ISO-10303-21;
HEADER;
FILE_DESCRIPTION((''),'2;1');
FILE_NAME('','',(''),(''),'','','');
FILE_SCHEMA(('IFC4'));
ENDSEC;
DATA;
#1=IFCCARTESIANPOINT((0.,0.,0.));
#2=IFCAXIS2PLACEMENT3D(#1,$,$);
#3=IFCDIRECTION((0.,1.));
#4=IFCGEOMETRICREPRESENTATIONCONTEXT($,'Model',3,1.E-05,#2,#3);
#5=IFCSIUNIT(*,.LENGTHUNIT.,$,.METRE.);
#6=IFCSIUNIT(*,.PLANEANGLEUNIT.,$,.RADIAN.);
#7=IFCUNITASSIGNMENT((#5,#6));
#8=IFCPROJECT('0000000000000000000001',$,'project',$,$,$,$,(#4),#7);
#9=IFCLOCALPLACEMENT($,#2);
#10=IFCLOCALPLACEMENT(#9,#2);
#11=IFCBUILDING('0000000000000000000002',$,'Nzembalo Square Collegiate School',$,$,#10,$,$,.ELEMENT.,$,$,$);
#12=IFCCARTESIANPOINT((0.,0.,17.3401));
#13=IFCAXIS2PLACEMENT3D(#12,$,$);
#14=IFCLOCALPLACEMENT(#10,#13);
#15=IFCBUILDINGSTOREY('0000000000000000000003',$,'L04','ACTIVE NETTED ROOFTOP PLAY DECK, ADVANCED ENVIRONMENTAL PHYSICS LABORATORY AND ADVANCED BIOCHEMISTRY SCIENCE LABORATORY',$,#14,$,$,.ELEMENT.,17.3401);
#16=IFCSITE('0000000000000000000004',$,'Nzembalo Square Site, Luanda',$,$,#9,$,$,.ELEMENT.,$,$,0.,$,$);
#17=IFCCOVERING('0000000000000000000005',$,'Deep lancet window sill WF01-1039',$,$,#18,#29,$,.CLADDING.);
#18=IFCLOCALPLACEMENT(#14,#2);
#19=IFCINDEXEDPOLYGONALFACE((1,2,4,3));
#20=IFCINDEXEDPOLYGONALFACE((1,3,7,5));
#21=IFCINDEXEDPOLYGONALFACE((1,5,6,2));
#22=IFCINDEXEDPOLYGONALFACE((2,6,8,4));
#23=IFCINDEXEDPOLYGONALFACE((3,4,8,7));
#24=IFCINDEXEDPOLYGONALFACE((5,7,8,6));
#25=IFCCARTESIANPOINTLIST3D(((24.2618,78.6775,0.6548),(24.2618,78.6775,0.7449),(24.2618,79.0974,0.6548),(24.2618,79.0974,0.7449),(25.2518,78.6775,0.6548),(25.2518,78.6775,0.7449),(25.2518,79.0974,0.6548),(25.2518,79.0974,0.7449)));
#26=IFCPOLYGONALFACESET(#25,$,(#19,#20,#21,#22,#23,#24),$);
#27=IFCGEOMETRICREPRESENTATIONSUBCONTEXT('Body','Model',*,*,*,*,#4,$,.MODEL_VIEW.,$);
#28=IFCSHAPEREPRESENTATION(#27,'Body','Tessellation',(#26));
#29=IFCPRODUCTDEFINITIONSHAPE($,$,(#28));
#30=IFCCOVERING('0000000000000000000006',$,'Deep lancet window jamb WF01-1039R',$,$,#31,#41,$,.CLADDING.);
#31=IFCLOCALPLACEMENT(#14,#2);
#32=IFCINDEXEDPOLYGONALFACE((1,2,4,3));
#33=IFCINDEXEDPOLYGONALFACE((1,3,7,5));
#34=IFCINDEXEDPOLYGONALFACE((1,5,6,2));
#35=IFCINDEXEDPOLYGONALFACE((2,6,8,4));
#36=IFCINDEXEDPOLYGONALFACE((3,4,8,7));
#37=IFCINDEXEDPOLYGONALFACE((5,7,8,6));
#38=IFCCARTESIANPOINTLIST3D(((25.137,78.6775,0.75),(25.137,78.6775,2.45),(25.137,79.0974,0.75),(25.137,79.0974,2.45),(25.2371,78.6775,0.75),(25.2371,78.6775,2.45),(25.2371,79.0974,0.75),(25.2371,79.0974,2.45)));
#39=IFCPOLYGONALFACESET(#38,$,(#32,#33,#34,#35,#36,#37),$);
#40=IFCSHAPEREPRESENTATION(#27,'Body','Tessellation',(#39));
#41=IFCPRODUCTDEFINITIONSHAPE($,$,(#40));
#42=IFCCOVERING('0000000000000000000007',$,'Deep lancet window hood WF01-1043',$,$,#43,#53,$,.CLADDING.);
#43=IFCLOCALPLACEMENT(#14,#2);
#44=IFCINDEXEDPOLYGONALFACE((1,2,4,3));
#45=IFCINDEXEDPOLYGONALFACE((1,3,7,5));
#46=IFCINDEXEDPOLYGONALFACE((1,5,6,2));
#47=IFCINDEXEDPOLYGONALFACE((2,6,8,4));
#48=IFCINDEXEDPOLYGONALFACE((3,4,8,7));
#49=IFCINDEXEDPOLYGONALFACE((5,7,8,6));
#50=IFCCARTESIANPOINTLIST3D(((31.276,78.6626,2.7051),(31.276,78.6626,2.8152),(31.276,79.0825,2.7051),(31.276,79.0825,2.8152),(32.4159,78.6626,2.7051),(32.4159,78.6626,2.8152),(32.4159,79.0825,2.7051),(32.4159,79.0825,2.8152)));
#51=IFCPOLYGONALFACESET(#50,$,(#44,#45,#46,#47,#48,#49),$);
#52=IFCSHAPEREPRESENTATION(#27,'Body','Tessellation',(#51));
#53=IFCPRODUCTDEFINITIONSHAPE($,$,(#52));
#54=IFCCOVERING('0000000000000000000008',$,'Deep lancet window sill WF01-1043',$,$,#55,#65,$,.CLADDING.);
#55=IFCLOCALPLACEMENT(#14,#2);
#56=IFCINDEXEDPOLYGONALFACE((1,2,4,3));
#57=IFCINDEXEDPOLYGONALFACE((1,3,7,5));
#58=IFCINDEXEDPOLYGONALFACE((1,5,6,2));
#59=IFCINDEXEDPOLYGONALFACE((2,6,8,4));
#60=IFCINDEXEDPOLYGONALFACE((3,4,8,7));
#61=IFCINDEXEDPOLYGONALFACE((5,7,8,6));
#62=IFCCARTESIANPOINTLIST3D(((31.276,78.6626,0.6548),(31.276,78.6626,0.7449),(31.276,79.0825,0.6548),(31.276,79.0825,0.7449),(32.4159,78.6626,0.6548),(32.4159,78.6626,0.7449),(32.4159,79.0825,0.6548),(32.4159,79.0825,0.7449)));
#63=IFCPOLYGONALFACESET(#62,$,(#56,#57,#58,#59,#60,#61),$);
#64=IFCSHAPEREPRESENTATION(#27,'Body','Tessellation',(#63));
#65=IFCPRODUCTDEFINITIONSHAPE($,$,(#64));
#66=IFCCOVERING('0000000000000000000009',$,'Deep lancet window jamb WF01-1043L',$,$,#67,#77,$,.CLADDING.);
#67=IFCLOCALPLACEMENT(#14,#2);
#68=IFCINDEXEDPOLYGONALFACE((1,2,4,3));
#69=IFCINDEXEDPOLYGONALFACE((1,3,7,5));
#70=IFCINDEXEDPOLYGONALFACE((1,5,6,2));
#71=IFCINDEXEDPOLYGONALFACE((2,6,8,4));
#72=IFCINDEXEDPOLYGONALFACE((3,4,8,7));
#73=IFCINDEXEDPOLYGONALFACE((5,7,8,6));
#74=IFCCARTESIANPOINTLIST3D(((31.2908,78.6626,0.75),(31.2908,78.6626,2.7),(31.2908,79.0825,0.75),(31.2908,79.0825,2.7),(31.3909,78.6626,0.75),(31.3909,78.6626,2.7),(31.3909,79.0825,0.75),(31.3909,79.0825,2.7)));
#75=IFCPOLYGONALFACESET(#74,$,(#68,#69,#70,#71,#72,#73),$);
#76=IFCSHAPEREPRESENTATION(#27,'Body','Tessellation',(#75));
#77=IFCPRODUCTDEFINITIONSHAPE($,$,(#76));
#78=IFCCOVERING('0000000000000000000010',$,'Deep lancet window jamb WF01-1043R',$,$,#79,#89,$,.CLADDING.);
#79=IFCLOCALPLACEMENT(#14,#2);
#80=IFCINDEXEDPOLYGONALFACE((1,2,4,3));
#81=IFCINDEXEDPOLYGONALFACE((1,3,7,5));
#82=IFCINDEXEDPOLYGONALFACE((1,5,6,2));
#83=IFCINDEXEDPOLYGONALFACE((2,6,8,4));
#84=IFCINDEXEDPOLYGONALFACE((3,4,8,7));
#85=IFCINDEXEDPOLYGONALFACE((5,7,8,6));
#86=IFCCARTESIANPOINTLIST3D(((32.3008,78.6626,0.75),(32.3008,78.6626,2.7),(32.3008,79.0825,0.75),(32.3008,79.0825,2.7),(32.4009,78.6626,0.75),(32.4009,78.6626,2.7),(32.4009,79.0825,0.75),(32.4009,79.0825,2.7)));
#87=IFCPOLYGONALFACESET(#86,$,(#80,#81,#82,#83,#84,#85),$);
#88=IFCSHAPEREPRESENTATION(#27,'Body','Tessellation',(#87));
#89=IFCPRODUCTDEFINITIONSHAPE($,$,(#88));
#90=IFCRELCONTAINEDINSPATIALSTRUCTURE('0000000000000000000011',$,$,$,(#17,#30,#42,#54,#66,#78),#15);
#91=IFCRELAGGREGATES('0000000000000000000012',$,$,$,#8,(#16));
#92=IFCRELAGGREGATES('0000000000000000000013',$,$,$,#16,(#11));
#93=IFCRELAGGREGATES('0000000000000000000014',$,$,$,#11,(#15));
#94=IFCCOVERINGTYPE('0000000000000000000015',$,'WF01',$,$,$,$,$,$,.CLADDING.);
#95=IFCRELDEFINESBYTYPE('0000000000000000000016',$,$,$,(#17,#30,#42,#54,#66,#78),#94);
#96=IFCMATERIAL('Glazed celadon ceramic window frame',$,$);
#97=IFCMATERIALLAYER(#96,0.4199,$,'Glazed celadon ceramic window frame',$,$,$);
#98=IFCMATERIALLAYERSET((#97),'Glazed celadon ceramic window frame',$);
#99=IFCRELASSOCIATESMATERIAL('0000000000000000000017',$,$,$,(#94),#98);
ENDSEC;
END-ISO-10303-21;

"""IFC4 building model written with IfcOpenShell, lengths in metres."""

from ifc_helpers import new_model, si_unit, direction, frame, origin, origin_2d, place, context, subcontext, project, spatial, rectangle, extrude, material, layer, layer_set, type_object, element, save


model = new_model("IFC4")

# Units and contexts
model_context = context("Model", 3, precision=1e-05, world=origin(), true_north=direction((0.0, 1.0)))
body_context = subcontext(model_context, "Body", "Model", "MODEL_VIEW")
ifc_project = project(units=[si_unit("LENGTHUNIT", "METRE"), si_unit("PLANEANGLEUNIT", "RADIAN")], contexts=[model_context])

# Site, building, storey
site_placement = place(None, origin())
site = spatial("IfcSite", under=ifc_project, at=site_placement, Name="Nzembalo Square Site, Luanda", CompositionType="ELEMENT", RefElevation=0.0)
building_placement = place(site_placement, origin())
building = spatial("IfcBuilding", under=site, at=building_placement, Name="Nzembalo Square Collegiate School", CompositionType="ELEMENT")
storey_placement = place(building_placement, frame((0.0, 0.0, 17.3401)))
storey = spatial("IfcBuildingStorey", under=building, at=storey_placement, Name="L04", Description="ACTIVE NETTED ROOFTOP PLAY DECK, ADVANCED ENVIRONMENTAL PHYSICS LABORATORY AND ADVANCED BIOCHEMISTRY SCIENCE LABORATORY", CompositionType="ELEMENT", Elevation=17.3401)

# Coverings
ifc_material_1 = material(Name="Glazed celadon ceramic window frame")
ifc_layer_1 = layer(ifc_material_1, 0.4199, Name="Glazed celadon ceramic window frame")
ifc_layer_set_1 = layer_set([ifc_layer_1], Name="Glazed celadon ceramic window frame")
covering_type_1 = type_object("IfcCoveringType", Name="WF01", PredefinedType="CLADDING", material=ifc_layer_set_1)
covering_1_placement = place(storey_placement, frame((24.7568, 78.8875, 0.6548), z_axis=(0.0, 0.0, 1.0), x_axis=(1.0, 0.0, 0.0)))
element("IfcCovering", 1, at=covering_1_placement, inside=storey, type_object=covering_type_1, Name="Deep lancet window sill WF01-1039", PredefinedType="CLADDING", context=body_context, shape_type="SweptSolid", body=[
    extrude(rectangle(XDim=0.99, YDim=0.4199, at=origin_2d()), origin(), (0.0, 0.0, 1.0), 0.0901),
])
covering_2_placement = place(storey_placement, frame((25.187, 78.8875, 0.75), z_axis=(0.0, 0.0, 1.0), x_axis=(1.0, 0.0, 0.0)))
element("IfcCovering", 2, at=covering_2_placement, inside=storey, type_object=covering_type_1, Name="Deep lancet window jamb WF01-1039R", PredefinedType="CLADDING", context=body_context, shape_type="SweptSolid", body=[
    extrude(rectangle(XDim=0.1001, YDim=0.4199, at=origin_2d()), origin(), (0.0, 0.0, 1.0), 1.7),
])
covering_3_placement = place(storey_placement, frame((31.8459, 78.8726, 2.7051), z_axis=(0.0, 0.0, 1.0), x_axis=(1.0, 0.0, 0.0)))
element("IfcCovering", 3, at=covering_3_placement, inside=storey, type_object=covering_type_1, Name="Deep lancet window hood WF01-1043", PredefinedType="CLADDING", context=body_context, shape_type="SweptSolid", body=[
    extrude(rectangle(XDim=1.1399, YDim=0.4199, at=origin_2d()), origin(), (0.0, 0.0, 1.0), 0.1101),
])
covering_4_placement = place(storey_placement, frame((31.8459, 78.8726, 0.6548), z_axis=(0.0, 0.0, 1.0), x_axis=(1.0, 0.0, 0.0)))
element("IfcCovering", 4, at=covering_4_placement, inside=storey, type_object=covering_type_1, Name="Deep lancet window sill WF01-1043", PredefinedType="CLADDING", context=body_context, shape_type="SweptSolid", body=[
    extrude(rectangle(XDim=1.1399, YDim=0.4199, at=origin_2d()), origin(), (0.0, 0.0, 1.0), 0.0901),
])
for number, where, z_axis, x_axis, name in (
    (5, (31.3408, 78.8726, 0.75), (0.0, 0.0, 1.0), (1.0, 0.0, 0.0), "Deep lancet window jamb WF01-1043L"),
    (6, (32.3508, 78.8726, 0.75), (0.0, 0.0, 1.0), (1.0, 0.0, 0.0), "Deep lancet window jamb WF01-1043R"),
):
    element("IfcCovering", number, at=place(storey_placement, frame(where, z_axis=z_axis, x_axis=x_axis)), inside=storey, type_object=covering_type_1, Name=name, PredefinedType="CLADDING", context=body_context, shape_type="SweptSolid", body=[
        extrude(rectangle(XDim=0.1001, YDim=0.4199, at=origin_2d()), origin(), (0.0, 0.0, 1.0), 1.95),
    ])

save(model, "model.ifc")
